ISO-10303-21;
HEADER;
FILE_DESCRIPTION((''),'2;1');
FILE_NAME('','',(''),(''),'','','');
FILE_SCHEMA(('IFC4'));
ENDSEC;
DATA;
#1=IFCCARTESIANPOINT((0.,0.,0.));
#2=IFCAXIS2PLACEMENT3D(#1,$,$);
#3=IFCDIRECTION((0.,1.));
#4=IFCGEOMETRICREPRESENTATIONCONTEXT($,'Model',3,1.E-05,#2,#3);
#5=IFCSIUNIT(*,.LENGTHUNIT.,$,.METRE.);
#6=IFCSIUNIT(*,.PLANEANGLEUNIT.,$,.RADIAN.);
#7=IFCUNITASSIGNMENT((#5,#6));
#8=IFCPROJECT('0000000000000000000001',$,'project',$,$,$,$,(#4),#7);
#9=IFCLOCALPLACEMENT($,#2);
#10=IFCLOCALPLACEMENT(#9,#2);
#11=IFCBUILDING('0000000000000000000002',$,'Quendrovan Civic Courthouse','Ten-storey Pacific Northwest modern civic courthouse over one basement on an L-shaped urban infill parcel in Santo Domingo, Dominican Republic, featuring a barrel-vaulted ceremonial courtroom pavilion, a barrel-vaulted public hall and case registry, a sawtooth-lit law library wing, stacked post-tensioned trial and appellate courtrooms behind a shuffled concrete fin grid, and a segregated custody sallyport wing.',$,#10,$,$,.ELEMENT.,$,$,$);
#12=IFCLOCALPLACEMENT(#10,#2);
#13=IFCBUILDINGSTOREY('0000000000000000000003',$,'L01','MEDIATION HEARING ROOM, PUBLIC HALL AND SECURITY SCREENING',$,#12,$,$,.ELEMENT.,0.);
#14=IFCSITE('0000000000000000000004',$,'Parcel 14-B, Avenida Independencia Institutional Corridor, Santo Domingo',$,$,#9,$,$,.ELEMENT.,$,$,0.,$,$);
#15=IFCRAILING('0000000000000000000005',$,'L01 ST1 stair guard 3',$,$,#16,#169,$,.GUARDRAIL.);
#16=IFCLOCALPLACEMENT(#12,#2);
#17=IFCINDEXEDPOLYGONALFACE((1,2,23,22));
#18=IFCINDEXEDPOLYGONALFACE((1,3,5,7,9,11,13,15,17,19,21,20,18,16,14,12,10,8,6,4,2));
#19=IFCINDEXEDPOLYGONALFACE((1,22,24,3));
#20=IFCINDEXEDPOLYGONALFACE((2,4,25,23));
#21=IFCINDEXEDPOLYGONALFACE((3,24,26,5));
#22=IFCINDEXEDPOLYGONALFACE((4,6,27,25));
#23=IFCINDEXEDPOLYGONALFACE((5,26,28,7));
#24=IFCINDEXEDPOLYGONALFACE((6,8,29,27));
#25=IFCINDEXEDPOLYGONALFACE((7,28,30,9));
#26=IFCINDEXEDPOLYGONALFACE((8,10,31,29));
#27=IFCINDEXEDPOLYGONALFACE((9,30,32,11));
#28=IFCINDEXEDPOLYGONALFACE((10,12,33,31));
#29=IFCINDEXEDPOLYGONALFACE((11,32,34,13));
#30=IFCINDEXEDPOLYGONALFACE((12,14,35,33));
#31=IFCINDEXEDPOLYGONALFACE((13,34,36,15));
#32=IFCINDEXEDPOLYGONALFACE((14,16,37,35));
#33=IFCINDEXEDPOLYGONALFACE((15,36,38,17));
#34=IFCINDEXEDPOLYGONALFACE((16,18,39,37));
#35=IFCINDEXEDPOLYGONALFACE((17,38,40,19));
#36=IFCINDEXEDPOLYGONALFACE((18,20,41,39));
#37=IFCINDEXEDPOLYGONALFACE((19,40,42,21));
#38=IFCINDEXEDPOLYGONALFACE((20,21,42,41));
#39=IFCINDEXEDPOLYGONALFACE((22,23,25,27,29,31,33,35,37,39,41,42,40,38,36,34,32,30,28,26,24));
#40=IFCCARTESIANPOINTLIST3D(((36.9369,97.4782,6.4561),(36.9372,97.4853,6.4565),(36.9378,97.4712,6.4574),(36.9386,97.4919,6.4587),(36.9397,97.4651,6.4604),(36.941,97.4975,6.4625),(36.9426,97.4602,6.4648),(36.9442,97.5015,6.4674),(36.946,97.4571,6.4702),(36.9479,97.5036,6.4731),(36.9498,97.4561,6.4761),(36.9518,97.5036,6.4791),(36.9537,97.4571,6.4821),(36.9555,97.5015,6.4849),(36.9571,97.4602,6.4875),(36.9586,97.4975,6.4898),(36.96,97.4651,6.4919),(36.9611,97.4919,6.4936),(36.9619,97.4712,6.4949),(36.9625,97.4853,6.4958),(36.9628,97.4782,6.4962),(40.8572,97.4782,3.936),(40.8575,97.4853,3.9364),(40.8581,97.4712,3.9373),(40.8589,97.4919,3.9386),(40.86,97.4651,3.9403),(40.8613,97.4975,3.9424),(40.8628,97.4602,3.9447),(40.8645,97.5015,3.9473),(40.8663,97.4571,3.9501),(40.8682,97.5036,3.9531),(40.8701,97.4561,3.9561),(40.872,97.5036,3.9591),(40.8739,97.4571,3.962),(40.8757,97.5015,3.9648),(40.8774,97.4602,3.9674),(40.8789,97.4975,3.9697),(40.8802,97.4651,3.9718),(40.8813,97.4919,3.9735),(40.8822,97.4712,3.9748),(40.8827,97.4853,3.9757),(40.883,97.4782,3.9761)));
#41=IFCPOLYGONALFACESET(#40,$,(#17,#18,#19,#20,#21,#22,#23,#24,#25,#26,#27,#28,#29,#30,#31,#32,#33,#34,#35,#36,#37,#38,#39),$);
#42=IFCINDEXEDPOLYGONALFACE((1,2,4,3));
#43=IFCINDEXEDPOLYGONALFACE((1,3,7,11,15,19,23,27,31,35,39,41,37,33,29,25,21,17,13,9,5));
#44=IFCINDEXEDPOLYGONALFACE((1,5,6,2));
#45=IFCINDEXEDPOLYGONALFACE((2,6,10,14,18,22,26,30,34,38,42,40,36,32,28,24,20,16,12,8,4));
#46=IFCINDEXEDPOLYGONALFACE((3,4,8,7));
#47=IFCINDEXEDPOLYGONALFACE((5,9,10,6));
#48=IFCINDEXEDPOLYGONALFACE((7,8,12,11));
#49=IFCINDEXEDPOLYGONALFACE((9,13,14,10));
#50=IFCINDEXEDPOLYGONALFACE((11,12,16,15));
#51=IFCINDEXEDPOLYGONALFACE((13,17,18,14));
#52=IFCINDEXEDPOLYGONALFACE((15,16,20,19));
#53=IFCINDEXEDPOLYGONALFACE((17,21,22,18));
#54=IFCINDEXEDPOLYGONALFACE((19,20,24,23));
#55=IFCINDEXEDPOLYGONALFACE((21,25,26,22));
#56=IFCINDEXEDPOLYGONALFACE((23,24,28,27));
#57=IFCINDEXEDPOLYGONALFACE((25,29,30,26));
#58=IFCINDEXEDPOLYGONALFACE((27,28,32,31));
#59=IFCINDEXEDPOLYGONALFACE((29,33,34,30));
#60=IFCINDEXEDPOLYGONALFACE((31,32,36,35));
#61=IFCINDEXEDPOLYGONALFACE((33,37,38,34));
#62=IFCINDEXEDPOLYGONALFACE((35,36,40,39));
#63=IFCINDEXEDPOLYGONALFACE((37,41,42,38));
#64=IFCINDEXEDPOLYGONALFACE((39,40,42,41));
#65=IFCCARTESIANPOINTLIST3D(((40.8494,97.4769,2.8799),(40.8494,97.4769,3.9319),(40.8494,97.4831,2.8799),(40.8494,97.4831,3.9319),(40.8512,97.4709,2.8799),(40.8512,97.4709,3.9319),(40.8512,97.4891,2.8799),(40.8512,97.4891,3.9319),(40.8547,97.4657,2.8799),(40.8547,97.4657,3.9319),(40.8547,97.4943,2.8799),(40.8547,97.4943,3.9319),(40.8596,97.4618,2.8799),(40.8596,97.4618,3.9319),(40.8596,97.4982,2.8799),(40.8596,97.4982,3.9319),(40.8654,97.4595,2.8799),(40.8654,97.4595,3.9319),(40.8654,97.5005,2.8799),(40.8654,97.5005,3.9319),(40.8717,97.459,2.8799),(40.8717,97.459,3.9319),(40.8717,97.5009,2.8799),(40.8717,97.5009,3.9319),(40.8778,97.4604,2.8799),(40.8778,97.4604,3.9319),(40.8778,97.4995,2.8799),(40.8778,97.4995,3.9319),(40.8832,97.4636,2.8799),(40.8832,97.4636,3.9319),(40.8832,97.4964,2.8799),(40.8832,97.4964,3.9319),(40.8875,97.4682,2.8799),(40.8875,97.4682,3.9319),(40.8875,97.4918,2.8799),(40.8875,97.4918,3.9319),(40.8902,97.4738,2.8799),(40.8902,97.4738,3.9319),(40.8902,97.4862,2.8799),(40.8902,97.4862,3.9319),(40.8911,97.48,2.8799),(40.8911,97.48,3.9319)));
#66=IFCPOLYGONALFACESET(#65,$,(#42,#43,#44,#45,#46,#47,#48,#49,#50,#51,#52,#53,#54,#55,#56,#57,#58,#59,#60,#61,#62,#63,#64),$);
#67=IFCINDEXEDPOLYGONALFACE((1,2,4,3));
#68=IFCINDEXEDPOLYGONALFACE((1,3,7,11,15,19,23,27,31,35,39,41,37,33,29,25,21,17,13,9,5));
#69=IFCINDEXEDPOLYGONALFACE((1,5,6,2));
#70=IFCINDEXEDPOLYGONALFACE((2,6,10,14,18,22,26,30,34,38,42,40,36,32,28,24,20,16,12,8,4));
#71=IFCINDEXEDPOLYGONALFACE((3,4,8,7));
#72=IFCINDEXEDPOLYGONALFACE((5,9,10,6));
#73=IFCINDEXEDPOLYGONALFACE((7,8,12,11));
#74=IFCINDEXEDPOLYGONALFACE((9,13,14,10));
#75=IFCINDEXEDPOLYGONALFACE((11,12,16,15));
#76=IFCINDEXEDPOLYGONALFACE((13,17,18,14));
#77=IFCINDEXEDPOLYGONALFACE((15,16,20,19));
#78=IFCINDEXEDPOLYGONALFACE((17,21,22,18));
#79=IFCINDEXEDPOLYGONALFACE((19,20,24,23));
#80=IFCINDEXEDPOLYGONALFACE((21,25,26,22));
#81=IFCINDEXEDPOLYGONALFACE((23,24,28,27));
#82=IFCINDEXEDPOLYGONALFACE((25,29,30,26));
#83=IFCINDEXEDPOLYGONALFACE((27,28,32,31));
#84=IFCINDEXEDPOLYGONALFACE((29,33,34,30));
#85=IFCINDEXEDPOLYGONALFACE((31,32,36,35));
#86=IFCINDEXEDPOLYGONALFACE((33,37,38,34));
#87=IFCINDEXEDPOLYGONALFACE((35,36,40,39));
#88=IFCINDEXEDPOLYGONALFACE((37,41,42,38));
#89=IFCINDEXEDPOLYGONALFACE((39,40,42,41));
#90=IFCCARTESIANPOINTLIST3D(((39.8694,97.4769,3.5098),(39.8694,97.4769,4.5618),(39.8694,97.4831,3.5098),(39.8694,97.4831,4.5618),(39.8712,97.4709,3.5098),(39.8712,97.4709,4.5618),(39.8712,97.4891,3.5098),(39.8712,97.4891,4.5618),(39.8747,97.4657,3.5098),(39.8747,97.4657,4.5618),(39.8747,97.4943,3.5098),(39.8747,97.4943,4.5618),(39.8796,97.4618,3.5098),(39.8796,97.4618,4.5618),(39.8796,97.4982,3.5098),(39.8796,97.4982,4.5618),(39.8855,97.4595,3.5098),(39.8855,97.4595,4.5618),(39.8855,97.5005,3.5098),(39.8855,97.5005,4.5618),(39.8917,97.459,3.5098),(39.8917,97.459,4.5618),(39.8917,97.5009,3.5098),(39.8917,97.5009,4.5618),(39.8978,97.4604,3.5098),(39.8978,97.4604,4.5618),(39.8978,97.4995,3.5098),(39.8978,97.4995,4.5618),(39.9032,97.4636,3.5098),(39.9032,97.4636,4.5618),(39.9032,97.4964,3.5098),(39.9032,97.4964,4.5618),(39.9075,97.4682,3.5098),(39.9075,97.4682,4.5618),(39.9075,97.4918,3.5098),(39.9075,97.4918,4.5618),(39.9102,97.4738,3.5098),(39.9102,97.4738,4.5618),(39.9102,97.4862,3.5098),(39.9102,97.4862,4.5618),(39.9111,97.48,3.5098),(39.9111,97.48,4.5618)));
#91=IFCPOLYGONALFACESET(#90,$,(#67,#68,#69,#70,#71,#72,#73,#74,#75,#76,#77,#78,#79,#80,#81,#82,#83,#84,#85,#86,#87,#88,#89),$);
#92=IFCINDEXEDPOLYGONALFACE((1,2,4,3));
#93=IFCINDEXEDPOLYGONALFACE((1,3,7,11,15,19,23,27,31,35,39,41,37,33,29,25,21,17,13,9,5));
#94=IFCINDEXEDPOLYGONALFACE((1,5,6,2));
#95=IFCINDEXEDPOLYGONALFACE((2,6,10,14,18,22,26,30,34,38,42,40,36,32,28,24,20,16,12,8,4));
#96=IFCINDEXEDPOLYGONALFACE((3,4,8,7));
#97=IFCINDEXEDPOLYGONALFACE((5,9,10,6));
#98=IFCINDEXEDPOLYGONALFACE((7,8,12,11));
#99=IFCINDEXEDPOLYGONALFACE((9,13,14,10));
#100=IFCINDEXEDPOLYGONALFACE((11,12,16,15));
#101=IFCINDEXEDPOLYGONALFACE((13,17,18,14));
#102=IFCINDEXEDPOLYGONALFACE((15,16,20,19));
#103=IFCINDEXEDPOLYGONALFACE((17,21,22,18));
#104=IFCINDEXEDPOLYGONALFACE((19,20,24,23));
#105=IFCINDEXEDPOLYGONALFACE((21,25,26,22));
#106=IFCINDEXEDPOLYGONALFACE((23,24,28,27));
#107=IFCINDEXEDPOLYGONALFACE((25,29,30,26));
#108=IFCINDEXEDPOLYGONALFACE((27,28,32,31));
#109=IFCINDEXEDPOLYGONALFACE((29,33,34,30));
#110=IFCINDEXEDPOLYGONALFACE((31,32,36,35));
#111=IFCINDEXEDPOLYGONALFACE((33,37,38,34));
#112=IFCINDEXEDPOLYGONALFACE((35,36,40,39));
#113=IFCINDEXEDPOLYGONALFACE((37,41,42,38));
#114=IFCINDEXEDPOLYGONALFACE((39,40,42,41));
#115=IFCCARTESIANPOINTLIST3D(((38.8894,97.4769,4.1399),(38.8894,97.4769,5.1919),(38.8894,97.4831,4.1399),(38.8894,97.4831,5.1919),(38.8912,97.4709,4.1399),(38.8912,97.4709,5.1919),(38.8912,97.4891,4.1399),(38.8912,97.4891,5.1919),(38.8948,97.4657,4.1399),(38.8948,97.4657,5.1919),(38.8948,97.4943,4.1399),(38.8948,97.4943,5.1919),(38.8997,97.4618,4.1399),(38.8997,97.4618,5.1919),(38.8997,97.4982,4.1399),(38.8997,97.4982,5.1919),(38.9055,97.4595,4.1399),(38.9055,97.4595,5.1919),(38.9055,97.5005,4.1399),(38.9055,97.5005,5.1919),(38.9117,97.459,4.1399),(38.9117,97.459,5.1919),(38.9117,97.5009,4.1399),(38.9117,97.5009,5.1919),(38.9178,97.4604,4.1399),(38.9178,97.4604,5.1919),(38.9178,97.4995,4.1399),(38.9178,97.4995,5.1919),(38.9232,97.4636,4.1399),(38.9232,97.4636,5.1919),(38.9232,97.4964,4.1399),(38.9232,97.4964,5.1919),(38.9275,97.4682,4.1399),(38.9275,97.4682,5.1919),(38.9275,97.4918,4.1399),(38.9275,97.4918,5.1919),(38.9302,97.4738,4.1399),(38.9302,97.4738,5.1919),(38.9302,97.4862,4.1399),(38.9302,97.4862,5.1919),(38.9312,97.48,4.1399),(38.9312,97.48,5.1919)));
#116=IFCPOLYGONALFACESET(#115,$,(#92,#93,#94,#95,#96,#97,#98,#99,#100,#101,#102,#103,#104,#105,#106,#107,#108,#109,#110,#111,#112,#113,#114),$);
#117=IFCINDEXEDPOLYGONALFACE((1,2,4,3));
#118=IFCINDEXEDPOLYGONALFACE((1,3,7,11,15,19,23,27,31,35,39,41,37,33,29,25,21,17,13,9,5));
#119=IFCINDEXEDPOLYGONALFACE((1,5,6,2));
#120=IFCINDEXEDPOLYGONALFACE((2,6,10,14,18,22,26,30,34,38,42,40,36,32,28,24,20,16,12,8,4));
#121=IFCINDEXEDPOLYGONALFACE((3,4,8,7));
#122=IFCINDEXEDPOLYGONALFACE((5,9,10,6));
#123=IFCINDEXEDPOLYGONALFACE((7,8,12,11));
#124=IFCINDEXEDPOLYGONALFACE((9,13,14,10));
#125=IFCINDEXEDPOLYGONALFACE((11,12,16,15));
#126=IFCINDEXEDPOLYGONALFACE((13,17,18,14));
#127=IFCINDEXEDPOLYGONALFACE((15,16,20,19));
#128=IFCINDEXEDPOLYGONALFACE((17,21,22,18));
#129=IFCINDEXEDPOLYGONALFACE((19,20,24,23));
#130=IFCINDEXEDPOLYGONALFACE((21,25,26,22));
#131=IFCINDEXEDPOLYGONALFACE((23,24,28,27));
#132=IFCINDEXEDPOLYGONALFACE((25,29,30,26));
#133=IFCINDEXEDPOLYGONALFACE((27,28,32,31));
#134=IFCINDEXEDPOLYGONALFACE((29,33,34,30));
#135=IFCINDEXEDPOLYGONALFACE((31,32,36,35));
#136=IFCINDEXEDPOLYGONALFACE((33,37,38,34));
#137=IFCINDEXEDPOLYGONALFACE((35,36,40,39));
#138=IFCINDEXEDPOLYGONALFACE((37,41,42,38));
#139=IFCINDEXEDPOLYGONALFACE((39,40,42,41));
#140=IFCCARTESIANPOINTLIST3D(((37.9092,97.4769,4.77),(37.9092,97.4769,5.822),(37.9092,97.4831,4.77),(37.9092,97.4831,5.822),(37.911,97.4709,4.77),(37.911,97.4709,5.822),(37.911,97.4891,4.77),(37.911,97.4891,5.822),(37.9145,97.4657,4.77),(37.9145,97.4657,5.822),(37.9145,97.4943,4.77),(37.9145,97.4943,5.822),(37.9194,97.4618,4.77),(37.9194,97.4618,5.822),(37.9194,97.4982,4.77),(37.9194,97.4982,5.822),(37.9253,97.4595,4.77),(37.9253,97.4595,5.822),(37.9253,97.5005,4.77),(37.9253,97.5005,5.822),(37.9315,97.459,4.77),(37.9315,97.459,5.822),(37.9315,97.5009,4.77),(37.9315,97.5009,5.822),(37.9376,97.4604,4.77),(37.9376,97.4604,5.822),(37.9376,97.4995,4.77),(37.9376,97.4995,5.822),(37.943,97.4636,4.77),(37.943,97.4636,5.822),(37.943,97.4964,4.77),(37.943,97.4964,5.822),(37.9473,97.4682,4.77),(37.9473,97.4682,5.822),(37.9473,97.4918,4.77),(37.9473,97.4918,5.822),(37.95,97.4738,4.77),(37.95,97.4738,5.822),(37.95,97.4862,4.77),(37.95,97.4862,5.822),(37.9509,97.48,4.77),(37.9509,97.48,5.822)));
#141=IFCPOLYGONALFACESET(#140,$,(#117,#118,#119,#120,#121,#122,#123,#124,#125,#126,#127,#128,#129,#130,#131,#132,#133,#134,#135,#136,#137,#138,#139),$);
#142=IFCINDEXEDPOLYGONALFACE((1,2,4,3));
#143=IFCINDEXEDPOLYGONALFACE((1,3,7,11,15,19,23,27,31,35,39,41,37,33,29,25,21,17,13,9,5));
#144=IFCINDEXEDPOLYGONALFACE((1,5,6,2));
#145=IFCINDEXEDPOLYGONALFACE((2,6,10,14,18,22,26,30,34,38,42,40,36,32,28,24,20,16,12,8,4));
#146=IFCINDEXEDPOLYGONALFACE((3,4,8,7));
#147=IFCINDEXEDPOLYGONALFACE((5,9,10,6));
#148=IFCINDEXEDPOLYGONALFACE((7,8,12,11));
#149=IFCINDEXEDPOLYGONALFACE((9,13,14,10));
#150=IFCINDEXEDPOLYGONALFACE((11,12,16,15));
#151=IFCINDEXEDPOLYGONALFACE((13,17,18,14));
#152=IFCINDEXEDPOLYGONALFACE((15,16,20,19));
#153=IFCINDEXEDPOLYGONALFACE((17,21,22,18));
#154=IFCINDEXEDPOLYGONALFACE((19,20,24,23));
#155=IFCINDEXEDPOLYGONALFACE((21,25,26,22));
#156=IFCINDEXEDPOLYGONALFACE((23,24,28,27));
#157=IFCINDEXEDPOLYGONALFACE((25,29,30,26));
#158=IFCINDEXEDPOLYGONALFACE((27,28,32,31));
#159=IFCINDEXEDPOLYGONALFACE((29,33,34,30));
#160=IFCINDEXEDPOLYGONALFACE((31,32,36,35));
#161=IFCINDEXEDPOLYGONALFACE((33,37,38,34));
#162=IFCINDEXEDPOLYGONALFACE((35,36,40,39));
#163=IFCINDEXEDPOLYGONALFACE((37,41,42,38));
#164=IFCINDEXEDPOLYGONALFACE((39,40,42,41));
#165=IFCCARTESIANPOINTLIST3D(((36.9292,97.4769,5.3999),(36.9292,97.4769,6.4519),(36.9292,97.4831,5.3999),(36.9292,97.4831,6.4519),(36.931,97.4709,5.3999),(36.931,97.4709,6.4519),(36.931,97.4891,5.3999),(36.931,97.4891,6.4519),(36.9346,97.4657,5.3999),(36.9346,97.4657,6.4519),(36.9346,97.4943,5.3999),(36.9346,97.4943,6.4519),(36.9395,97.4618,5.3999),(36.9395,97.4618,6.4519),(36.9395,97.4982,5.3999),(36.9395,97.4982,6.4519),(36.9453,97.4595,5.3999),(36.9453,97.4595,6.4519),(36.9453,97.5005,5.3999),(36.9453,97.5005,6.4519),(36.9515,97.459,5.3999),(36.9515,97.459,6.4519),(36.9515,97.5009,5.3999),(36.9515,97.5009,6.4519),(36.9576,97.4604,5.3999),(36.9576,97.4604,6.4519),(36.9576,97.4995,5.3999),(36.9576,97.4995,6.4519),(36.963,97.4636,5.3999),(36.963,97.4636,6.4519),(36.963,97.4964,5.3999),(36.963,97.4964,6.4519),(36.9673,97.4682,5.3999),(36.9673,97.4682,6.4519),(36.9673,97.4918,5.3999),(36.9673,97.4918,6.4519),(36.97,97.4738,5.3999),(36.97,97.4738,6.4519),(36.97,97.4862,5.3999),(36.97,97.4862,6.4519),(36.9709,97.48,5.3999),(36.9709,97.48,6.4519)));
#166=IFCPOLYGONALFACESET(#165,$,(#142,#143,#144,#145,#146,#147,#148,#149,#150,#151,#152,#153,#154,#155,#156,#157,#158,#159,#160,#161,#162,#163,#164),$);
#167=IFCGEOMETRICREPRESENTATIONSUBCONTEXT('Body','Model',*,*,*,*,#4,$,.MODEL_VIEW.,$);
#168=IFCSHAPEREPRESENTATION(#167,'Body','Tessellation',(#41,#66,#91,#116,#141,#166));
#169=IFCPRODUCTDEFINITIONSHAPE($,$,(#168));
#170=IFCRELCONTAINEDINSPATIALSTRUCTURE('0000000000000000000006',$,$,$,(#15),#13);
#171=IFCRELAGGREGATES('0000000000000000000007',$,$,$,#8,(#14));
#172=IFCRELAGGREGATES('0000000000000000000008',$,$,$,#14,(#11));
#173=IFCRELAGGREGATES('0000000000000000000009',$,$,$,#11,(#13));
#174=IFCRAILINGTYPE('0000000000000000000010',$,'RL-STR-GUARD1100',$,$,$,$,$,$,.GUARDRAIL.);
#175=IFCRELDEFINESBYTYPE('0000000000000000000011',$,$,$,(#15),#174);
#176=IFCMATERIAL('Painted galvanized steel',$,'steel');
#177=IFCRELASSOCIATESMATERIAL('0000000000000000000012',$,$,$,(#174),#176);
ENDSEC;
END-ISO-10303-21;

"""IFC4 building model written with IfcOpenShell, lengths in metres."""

from ifc_helpers import new_model, si_unit, direction, frame, origin, origin_2d, place, context, subcontext, project, spatial, circle, extrude, material, type_object, element, save


model = new_model("IFC4")

# Units and contexts
model_context = context("Model", 3, precision=1e-05, world=origin(), true_north=direction((0.0, 1.0)))
body_context = subcontext(model_context, "Body", "Model", "MODEL_VIEW")
ifc_project = project(units=[si_unit("LENGTHUNIT", "METRE"), si_unit("PLANEANGLEUNIT", "RADIAN")], contexts=[model_context])

# Site, building, storey
site_placement = place(None, origin())
site = spatial("IfcSite", under=ifc_project, at=site_placement, Name="Parcel 14-B, Avenida Independencia Institutional Corridor, Santo Domingo", CompositionType="ELEMENT", RefElevation=0.0)
building_placement = place(site_placement, origin())
building = spatial("IfcBuilding", under=site, at=building_placement, Name="Quendrovan Civic Courthouse", Description="Ten-storey Pacific Northwest modern civic courthouse over one basement on an L-shaped urban infill parcel in Santo Domingo, Dominican Republic, featuring a barrel-vaulted ceremonial courtroom pavilion, a barrel-vaulted public hall and case registry, a sawtooth-lit law library wing, stacked post-tensioned trial and appellate courtrooms behind a shuffled concrete fin grid, and a segregated custody sallyport wing.", CompositionType="ELEMENT")
storey_placement = place(building_placement, origin())
storey = spatial("IfcBuildingStorey", under=building, at=storey_placement, Name="L01", Description="MEDIATION HEARING ROOM, PUBLIC HALL AND SECURITY SCREENING", CompositionType="ELEMENT", Elevation=0.0)

# Railing
ifc_material_1 = material(Name="Painted galvanized steel", Category="steel")
railing_type_1 = type_object("IfcRailingType", Name="RL-STR-GUARD1100", PredefinedType="GUARDRAIL", material=ifc_material_1)
railing_1_placement = place(storey_placement, frame((40.8701, 97.48, 2.8799)))
element("IfcRailing", 1, at=railing_1_placement, inside=storey, type_object=railing_type_1, Name="L01 ST1 stair guard 3", PredefinedType="GUARDRAIL", context=body_context, shape_type="SweptSolid", body=[
    extrude(circle(Radius=0.0239, at=origin_2d()), frame((0.0, 0.0, 1.0762), z_axis=(-0.841187, 0.0, 0.540744), x_axis=(0.0, -1.0, 0.0)), (0.0, 0.0, 1.0), 4.6604),
    extrude(circle(Radius=0.021, at=origin_2d()), origin(), (0.0, 0.0, 1.0), 1.052),
    extrude(circle(Radius=0.021, at=origin_2d()), frame((-0.98, 0.0, 0.6299)), (0.0, 0.0, 1.0), 1.052),
    extrude(circle(Radius=0.021, at=origin_2d()), frame((-1.96, 0.0, 1.26)), (0.0, 0.0, 1.0), 1.052),
    extrude(circle(Radius=0.021, at=origin_2d()), frame((-2.9402, 0.0, 1.8901)), (0.0, 0.0, 1.0), 1.052),
    extrude(circle(Radius=0.021, at=origin_2d()), frame((-3.9202, 0.0, 2.52)), (0.0, 0.0, 1.0), 1.052),
])

save(model, "model.ifc")
